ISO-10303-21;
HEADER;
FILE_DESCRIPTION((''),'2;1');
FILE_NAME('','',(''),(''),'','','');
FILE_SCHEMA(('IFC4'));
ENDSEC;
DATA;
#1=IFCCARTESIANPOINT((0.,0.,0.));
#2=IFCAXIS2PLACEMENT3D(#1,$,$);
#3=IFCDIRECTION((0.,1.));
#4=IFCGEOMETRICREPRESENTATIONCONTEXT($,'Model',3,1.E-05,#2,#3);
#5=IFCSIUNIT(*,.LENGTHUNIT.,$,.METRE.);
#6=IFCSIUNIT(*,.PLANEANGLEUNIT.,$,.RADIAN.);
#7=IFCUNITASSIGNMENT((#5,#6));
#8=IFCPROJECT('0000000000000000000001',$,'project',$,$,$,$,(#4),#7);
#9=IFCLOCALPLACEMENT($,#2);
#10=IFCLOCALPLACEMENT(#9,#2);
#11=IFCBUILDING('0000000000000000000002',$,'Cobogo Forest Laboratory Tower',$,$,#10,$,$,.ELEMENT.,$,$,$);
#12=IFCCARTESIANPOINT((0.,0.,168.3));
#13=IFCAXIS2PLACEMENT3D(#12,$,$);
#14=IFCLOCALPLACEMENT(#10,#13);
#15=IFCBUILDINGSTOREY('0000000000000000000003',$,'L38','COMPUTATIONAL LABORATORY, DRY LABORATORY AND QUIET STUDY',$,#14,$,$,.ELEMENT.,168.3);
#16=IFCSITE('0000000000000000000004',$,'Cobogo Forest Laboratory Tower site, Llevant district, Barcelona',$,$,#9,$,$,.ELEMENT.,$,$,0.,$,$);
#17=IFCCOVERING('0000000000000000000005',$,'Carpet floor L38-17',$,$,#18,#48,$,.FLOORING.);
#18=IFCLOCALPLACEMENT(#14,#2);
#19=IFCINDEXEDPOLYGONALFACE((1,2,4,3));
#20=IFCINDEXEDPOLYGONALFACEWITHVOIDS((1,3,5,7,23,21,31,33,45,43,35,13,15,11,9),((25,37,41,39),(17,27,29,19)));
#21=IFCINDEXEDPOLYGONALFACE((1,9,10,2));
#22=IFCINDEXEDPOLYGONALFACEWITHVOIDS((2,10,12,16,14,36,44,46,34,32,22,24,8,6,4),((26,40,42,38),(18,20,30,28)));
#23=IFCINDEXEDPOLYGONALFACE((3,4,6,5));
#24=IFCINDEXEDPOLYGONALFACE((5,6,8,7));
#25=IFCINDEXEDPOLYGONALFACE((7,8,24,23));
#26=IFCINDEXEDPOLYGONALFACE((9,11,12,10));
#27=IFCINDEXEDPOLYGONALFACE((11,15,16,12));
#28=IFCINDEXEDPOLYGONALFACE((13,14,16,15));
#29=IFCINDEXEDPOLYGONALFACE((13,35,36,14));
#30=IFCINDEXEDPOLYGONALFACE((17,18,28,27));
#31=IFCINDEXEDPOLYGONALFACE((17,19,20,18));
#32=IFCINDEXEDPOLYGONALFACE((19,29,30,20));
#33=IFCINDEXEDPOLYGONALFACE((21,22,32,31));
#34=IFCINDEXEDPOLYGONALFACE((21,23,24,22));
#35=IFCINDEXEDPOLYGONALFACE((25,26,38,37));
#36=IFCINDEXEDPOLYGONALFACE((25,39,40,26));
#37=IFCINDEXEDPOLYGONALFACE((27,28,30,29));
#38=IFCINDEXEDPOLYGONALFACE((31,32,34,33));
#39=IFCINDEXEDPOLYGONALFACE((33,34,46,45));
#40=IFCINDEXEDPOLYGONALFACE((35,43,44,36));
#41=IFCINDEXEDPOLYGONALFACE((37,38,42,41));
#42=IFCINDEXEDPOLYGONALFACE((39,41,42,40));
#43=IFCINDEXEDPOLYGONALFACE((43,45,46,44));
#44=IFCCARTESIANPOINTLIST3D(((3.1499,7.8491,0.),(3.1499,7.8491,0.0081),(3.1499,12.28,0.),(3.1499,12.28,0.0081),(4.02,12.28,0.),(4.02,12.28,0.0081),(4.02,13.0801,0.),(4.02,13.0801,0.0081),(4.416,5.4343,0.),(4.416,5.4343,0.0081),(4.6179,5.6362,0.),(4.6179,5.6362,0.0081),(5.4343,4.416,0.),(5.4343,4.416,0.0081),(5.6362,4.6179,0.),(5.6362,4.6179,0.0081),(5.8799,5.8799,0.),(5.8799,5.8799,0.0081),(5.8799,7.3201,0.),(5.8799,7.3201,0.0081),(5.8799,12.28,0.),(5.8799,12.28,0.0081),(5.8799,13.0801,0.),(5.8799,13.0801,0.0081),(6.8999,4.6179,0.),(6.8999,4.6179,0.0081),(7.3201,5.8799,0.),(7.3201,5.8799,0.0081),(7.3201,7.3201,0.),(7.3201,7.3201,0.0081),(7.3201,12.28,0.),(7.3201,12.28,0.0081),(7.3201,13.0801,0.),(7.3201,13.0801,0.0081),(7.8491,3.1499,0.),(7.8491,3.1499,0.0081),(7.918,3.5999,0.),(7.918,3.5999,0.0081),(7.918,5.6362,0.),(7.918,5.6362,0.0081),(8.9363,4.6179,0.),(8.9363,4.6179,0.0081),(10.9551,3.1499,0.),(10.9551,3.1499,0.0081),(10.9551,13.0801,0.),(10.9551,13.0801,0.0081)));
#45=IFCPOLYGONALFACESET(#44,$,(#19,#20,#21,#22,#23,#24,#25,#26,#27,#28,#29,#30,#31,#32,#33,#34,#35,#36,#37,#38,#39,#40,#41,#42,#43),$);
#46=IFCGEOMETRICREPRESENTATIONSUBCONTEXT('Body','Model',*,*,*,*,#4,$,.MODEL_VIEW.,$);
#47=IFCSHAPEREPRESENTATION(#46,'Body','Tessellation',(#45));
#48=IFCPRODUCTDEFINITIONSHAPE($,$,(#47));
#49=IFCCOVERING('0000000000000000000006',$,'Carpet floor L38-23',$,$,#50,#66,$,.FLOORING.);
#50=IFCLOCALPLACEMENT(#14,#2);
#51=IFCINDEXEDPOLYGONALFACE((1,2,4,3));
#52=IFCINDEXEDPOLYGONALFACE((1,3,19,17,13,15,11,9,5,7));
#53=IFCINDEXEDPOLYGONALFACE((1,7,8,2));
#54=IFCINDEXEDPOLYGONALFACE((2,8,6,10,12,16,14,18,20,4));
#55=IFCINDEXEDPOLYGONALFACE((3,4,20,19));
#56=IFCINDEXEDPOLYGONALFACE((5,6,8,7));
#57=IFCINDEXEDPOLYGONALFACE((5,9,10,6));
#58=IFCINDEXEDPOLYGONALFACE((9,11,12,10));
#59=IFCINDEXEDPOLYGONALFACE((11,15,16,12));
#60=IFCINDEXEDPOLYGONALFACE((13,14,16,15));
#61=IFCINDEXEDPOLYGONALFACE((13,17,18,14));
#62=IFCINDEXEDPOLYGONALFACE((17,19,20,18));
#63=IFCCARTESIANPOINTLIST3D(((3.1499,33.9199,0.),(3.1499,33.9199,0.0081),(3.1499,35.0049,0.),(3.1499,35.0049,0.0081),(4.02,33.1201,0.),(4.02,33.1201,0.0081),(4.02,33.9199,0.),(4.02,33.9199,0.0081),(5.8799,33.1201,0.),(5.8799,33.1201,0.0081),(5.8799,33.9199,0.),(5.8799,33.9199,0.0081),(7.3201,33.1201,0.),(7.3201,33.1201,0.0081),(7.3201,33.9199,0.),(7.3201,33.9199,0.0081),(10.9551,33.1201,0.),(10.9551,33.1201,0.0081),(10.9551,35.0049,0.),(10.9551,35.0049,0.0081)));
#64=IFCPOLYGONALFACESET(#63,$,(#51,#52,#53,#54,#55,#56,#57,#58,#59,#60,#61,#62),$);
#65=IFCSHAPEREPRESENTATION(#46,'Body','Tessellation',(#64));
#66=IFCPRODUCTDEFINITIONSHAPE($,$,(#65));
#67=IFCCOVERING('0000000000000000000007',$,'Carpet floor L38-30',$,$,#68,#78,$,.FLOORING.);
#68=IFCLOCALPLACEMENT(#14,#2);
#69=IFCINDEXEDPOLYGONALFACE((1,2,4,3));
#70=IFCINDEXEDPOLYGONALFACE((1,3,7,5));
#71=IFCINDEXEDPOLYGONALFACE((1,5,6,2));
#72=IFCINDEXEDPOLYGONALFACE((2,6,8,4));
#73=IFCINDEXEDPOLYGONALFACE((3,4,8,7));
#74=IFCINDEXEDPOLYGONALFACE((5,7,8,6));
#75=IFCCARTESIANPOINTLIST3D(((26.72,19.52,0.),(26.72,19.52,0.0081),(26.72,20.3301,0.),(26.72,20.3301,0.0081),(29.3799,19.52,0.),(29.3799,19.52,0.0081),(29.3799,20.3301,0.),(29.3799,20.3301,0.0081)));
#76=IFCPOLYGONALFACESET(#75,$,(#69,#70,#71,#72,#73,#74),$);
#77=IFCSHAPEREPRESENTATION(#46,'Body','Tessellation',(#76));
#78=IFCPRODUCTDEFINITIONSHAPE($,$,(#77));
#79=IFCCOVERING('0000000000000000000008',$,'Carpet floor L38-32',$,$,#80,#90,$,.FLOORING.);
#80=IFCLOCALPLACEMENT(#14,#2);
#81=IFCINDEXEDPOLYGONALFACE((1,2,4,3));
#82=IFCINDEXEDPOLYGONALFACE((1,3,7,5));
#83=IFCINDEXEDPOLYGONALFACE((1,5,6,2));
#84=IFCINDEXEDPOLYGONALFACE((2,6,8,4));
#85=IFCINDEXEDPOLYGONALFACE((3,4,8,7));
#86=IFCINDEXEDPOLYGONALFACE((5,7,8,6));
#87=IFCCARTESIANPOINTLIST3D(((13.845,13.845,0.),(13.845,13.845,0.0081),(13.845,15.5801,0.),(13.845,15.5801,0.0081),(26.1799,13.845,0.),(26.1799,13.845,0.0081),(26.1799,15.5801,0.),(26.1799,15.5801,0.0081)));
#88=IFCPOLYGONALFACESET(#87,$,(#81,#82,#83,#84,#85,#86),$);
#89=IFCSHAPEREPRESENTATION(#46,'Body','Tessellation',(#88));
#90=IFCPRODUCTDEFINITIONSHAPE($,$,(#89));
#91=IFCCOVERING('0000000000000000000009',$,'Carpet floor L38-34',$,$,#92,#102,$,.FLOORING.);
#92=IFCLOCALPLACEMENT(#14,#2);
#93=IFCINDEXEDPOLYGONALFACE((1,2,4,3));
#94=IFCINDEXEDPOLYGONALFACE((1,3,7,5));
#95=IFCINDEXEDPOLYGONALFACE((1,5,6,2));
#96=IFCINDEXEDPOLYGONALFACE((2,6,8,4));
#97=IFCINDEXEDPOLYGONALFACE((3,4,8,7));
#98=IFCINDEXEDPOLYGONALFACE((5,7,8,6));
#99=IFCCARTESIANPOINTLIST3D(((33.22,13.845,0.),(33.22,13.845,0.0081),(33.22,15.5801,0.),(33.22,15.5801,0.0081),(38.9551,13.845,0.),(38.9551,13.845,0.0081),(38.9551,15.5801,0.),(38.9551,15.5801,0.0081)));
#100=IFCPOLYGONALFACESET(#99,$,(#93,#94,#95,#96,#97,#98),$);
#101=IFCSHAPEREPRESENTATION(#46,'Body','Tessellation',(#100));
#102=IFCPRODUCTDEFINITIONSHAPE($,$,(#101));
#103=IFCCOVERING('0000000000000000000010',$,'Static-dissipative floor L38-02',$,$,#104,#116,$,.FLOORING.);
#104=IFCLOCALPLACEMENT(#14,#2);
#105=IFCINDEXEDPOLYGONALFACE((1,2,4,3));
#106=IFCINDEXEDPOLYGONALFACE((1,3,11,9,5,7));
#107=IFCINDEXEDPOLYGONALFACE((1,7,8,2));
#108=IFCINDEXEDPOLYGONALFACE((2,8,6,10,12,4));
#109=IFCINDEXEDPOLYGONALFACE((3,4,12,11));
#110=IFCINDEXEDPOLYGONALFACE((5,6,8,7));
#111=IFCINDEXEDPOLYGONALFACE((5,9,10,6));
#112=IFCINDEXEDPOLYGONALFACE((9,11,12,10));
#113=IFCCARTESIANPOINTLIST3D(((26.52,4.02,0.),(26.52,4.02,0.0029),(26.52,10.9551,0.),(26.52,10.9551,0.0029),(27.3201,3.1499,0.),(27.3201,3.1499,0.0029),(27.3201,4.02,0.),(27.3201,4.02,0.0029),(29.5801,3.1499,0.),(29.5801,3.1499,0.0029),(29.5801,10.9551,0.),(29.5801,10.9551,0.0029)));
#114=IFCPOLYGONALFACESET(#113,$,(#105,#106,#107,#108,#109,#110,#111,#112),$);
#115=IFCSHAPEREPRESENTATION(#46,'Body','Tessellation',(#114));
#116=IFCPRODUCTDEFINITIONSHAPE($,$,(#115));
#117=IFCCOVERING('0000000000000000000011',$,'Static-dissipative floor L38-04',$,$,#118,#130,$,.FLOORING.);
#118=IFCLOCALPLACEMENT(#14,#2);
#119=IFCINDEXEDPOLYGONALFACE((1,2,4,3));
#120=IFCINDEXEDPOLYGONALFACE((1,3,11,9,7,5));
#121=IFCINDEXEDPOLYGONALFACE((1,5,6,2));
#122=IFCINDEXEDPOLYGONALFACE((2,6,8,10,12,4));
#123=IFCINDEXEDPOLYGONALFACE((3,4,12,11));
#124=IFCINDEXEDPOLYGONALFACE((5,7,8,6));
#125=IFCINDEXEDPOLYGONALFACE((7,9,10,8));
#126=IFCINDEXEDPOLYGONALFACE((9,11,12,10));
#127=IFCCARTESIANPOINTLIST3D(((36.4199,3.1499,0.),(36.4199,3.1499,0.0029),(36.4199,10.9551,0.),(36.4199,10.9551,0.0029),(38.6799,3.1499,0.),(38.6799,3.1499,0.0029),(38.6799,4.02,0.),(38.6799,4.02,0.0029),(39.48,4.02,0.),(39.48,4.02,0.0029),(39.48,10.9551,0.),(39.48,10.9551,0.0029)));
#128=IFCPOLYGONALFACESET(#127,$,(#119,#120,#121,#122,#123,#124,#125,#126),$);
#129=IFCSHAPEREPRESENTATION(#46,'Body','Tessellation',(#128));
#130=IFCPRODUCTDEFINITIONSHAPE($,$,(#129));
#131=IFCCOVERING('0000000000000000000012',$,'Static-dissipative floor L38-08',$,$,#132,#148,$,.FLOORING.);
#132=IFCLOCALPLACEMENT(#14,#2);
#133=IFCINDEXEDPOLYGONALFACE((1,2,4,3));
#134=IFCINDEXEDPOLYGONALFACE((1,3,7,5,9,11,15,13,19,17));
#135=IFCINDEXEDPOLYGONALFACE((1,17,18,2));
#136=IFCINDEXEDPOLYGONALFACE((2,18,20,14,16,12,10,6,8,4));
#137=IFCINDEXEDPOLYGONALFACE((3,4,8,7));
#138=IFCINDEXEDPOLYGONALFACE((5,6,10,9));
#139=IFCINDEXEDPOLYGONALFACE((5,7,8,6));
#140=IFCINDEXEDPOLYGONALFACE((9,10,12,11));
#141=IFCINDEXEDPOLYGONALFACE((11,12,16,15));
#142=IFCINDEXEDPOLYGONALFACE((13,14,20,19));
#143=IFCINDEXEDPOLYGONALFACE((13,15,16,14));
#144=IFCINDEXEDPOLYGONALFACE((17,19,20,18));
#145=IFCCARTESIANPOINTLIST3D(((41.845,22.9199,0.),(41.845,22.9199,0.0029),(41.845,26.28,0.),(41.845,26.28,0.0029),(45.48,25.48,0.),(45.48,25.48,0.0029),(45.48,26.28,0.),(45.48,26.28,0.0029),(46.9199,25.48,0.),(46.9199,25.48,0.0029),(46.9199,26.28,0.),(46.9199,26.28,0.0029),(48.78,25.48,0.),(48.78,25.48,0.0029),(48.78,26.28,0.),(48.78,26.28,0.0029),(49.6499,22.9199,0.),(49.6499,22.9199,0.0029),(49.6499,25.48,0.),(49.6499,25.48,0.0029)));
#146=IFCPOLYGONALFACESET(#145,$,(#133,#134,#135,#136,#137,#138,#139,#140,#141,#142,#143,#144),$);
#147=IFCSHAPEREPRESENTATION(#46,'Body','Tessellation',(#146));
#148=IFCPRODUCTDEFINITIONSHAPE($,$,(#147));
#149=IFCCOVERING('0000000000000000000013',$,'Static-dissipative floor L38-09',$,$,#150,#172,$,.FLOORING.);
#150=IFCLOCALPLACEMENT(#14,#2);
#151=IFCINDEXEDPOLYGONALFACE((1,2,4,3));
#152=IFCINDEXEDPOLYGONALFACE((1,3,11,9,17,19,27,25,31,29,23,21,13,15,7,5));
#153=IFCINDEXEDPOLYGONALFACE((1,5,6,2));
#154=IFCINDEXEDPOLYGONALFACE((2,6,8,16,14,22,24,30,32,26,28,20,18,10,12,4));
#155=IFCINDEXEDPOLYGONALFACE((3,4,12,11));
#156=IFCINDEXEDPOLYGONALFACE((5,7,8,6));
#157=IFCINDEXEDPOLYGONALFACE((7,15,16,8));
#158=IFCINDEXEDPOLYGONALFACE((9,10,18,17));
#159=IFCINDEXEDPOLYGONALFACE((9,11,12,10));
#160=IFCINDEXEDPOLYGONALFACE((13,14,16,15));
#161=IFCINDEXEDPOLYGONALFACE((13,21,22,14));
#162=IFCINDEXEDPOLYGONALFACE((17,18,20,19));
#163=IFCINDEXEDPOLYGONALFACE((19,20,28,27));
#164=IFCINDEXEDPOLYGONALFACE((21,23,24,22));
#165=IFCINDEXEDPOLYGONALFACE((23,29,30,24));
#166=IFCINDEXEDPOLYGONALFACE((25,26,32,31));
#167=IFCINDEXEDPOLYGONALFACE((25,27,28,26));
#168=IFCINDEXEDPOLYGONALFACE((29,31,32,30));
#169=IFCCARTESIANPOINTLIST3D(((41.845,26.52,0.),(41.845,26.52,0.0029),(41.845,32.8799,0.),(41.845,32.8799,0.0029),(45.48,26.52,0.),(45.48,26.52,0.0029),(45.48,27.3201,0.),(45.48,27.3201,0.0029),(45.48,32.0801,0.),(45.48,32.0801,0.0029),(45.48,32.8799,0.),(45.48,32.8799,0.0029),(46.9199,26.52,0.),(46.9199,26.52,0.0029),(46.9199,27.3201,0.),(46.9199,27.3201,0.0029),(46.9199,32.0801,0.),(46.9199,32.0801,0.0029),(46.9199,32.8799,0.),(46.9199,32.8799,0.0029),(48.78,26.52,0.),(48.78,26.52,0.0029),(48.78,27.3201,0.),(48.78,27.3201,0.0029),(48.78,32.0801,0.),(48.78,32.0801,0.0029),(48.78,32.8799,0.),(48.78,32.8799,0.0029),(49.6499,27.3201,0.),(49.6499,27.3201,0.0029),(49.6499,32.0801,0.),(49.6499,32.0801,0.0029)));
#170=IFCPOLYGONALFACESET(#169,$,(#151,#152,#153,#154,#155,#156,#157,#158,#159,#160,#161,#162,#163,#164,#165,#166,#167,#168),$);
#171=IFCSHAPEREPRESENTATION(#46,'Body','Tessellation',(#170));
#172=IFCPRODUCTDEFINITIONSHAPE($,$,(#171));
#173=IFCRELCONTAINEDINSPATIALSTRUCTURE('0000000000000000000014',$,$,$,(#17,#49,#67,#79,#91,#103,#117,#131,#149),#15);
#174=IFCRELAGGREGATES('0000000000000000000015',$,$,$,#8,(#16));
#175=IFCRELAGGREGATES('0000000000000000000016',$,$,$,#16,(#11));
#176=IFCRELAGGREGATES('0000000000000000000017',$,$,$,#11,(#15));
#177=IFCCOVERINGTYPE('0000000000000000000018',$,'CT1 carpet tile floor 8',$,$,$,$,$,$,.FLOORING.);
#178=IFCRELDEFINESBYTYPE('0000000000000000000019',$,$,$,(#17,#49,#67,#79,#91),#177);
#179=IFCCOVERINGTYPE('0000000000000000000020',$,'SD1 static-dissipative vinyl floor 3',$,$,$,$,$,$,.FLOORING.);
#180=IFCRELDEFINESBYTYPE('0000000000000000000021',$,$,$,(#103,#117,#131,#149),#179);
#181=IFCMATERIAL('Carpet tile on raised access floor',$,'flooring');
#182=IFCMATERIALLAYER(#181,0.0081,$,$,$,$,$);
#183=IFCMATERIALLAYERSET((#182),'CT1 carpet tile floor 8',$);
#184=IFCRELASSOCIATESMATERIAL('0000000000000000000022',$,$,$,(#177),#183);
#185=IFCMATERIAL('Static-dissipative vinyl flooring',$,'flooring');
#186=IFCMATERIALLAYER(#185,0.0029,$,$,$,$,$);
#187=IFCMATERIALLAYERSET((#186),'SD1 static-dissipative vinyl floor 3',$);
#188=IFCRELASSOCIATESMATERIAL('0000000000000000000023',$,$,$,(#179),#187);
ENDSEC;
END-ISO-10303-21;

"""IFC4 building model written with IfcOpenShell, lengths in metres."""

from ifc_helpers import new_model, si_unit, direction, frame, origin, place, context, subcontext, project, spatial, polyline, outline, extrude, material, layer, layer_set, type_object, element, save


model = new_model("IFC4")

# Units and contexts
model_context = context("Model", 3, precision=1e-05, world=origin(), true_north=direction((0.0, 1.0)))
body_context = subcontext(model_context, "Body", "Model", "MODEL_VIEW")
ifc_project = project(units=[si_unit("LENGTHUNIT", "METRE"), si_unit("PLANEANGLEUNIT", "RADIAN")], contexts=[model_context])

# Site, building, storey
site_placement = place(None, origin())
site = spatial("IfcSite", under=ifc_project, at=site_placement, Name="Cobogo Forest Laboratory Tower site, Llevant district, Barcelona", CompositionType="ELEMENT", RefElevation=0.0)
building_placement = place(site_placement, origin())
building = spatial("IfcBuilding", under=site, at=building_placement, Name="Cobogo Forest Laboratory Tower", CompositionType="ELEMENT")
storey_placement = place(building_placement, frame((0.0, 0.0, 168.3)))
storey = spatial("IfcBuildingStorey", under=building, at=storey_placement, Name="L38", Description="COMPUTATIONAL LABORATORY, DRY LABORATORY AND QUIET STUDY", CompositionType="ELEMENT", Elevation=168.3)

# Coverings
ifc_material_1 = material(Name="Carpet tile on raised access floor", Category="flooring")
ifc_layer_1 = layer(ifc_material_1, 0.0081)
ifc_layer_set_1 = layer_set([ifc_layer_1], Name="CT1 carpet tile floor 8")
covering_type_1 = type_object("IfcCoveringType", Name="CT1 carpet tile floor 8", PredefinedType="FLOORING", material=ifc_layer_set_1)
covering_1_placement = place(storey_placement, origin())
element("IfcCovering", 1, at=covering_1_placement, inside=storey, type_object=covering_type_1, Name="Carpet floor L38-17", PredefinedType="FLOORING", context=body_context, shape_type="SweptSolid", body=[
    extrude(outline(polyline([(10.9551, 3.1499), (7.8491, 3.1499), (5.4343, 4.416), (5.6362, 4.6179), (4.6179, 5.6362), (4.416, 5.4343), (3.1499, 7.8491), (3.1499, 12.28), (4.02, 12.28), (4.02, 13.0801), (5.8799, 13.0801), (5.8799, 12.28), (7.3201, 12.28), (7.3201, 13.0801), (10.9551, 13.0801), (10.9551, 3.1499)]), holes=[polyline([(7.918, 3.5999), (8.9363, 4.6179), (7.918, 5.6362), (6.8999, 4.6179), (7.918, 3.5999)]), polyline([(5.8799, 5.8799), (7.3201, 5.8799), (7.3201, 7.3201), (5.8799, 7.3201), (5.8799, 5.8799)])]), origin(), (0.0, 0.0, 1.0), 0.0081),
])
covering_2_placement = place(storey_placement, origin())
element("IfcCovering", 2, at=covering_2_placement, inside=storey, type_object=covering_type_1, Name="Carpet floor L38-23", PredefinedType="FLOORING", context=body_context, shape_type="SweptSolid", body=[
    extrude(outline(polyline([(10.9551, 33.1201), (7.3201, 33.1201), (7.3201, 33.9199), (5.8799, 33.9199), (5.8799, 33.1201), (4.02, 33.1201), (4.02, 33.9199), (3.1499, 33.9199), (3.1499, 35.0049), (10.9551, 35.0049), (10.9551, 33.1201)])), origin(), (0.0, 0.0, 1.0), 0.0081),
])
covering_3_placement = place(storey_placement, origin())
element("IfcCovering", 3, at=covering_3_placement, inside=storey, type_object=covering_type_1, Name="Carpet floor L38-30", PredefinedType="FLOORING", context=body_context, shape_type="SweptSolid", body=[
    extrude(outline(polyline([(29.3799, 19.52), (26.72, 19.52), (26.72, 20.3301), (29.3799, 20.3301), (29.3799, 19.52)])), origin(), (0.0, 0.0, 1.0), 0.0081),
])
covering_4_placement = place(storey_placement, origin())
element("IfcCovering", 4, at=covering_4_placement, inside=storey, type_object=covering_type_1, Name="Carpet floor L38-32", PredefinedType="FLOORING", context=body_context, shape_type="SweptSolid", body=[
    extrude(outline(polyline([(26.1799, 13.845), (13.845, 13.845), (13.845, 15.5801), (26.1799, 15.5801), (26.1799, 13.845)])), origin(), (0.0, 0.0, 1.0), 0.0081),
])
covering_5_placement = place(storey_placement, origin())
element("IfcCovering", 5, at=covering_5_placement, inside=storey, type_object=covering_type_1, Name="Carpet floor L38-34", PredefinedType="FLOORING", context=body_context, shape_type="SweptSolid", body=[
    extrude(outline(polyline([(38.9551, 13.845), (33.22, 13.845), (33.22, 15.5801), (38.9551, 15.5801), (38.9551, 13.845)])), origin(), (0.0, 0.0, 1.0), 0.0081),
])
ifc_material_2 = material(Name="Static-dissipative vinyl flooring", Category="flooring")
ifc_layer_2 = layer(ifc_material_2, 0.0029)
ifc_layer_set_2 = layer_set([ifc_layer_2], Name="SD1 static-dissipative vinyl floor 3")
covering_type_2 = type_object("IfcCoveringType", Name="SD1 static-dissipative vinyl floor 3", PredefinedType="FLOORING", material=ifc_layer_set_2)
covering_6_placement = place(storey_placement, origin())
element("IfcCovering", 6, at=covering_6_placement, inside=storey, type_object=covering_type_2, Name="Static-dissipative floor L38-02", PredefinedType="FLOORING", context=body_context, shape_type="SweptSolid", body=[
    extrude(outline(polyline([(29.5801, 10.9551), (29.5801, 3.1499), (27.3201, 3.1499), (27.3201, 4.02), (26.52, 4.02), (26.52, 10.9551), (29.5801, 10.9551)])), origin(), (0.0, 0.0, 1.0), 0.0029),
])
covering_7_placement = place(storey_placement, origin())
element("IfcCovering", 7, at=covering_7_placement, inside=storey, type_object=covering_type_2, Name="Static-dissipative floor L38-04", PredefinedType="FLOORING", context=body_context, shape_type="SweptSolid", body=[
    extrude(outline(polyline([(39.48, 10.9551), (39.48, 4.02), (38.6799, 4.02), (38.6799, 3.1499), (36.4199, 3.1499), (36.4199, 10.9551), (39.48, 10.9551)])), origin(), (0.0, 0.0, 1.0), 0.0029),
])
covering_8_placement = place(storey_placement, origin())
element("IfcCovering", 8, at=covering_8_placement, inside=storey, type_object=covering_type_2, Name="Static-dissipative floor L38-08", PredefinedType="FLOORING", context=body_context, shape_type="SweptSolid", body=[
    extrude(outline(polyline([(41.845, 26.28), (45.48, 26.28), (45.48, 25.48), (46.9199, 25.48), (46.9199, 26.28), (48.78, 26.28), (48.78, 25.48), (49.6499, 25.48), (49.6499, 22.9199), (41.845, 22.9199), (41.845, 26.28)])), origin(), (0.0, 0.0, 1.0), 0.0029),
])
covering_9_placement = place(storey_placement, origin())
element("IfcCovering", 9, at=covering_9_placement, inside=storey, type_object=covering_type_2, Name="Static-dissipative floor L38-09", PredefinedType="FLOORING", context=body_context, shape_type="SweptSolid", body=[
    extrude(outline(polyline([(41.845, 32.8799), (45.48, 32.8799), (45.48, 32.0801), (46.9199, 32.0801), (46.9199, 32.8799), (48.78, 32.8799), (48.78, 32.0801), (49.6499, 32.0801), (49.6499, 27.3201), (48.78, 27.3201), (48.78, 26.52), (46.9199, 26.52), (46.9199, 27.3201), (45.48, 27.3201), (45.48, 26.52), (41.845, 26.52), (41.845, 32.8799)])), origin(), (0.0, 0.0, 1.0), 0.0029),
])

save(model, "model.ifc")
